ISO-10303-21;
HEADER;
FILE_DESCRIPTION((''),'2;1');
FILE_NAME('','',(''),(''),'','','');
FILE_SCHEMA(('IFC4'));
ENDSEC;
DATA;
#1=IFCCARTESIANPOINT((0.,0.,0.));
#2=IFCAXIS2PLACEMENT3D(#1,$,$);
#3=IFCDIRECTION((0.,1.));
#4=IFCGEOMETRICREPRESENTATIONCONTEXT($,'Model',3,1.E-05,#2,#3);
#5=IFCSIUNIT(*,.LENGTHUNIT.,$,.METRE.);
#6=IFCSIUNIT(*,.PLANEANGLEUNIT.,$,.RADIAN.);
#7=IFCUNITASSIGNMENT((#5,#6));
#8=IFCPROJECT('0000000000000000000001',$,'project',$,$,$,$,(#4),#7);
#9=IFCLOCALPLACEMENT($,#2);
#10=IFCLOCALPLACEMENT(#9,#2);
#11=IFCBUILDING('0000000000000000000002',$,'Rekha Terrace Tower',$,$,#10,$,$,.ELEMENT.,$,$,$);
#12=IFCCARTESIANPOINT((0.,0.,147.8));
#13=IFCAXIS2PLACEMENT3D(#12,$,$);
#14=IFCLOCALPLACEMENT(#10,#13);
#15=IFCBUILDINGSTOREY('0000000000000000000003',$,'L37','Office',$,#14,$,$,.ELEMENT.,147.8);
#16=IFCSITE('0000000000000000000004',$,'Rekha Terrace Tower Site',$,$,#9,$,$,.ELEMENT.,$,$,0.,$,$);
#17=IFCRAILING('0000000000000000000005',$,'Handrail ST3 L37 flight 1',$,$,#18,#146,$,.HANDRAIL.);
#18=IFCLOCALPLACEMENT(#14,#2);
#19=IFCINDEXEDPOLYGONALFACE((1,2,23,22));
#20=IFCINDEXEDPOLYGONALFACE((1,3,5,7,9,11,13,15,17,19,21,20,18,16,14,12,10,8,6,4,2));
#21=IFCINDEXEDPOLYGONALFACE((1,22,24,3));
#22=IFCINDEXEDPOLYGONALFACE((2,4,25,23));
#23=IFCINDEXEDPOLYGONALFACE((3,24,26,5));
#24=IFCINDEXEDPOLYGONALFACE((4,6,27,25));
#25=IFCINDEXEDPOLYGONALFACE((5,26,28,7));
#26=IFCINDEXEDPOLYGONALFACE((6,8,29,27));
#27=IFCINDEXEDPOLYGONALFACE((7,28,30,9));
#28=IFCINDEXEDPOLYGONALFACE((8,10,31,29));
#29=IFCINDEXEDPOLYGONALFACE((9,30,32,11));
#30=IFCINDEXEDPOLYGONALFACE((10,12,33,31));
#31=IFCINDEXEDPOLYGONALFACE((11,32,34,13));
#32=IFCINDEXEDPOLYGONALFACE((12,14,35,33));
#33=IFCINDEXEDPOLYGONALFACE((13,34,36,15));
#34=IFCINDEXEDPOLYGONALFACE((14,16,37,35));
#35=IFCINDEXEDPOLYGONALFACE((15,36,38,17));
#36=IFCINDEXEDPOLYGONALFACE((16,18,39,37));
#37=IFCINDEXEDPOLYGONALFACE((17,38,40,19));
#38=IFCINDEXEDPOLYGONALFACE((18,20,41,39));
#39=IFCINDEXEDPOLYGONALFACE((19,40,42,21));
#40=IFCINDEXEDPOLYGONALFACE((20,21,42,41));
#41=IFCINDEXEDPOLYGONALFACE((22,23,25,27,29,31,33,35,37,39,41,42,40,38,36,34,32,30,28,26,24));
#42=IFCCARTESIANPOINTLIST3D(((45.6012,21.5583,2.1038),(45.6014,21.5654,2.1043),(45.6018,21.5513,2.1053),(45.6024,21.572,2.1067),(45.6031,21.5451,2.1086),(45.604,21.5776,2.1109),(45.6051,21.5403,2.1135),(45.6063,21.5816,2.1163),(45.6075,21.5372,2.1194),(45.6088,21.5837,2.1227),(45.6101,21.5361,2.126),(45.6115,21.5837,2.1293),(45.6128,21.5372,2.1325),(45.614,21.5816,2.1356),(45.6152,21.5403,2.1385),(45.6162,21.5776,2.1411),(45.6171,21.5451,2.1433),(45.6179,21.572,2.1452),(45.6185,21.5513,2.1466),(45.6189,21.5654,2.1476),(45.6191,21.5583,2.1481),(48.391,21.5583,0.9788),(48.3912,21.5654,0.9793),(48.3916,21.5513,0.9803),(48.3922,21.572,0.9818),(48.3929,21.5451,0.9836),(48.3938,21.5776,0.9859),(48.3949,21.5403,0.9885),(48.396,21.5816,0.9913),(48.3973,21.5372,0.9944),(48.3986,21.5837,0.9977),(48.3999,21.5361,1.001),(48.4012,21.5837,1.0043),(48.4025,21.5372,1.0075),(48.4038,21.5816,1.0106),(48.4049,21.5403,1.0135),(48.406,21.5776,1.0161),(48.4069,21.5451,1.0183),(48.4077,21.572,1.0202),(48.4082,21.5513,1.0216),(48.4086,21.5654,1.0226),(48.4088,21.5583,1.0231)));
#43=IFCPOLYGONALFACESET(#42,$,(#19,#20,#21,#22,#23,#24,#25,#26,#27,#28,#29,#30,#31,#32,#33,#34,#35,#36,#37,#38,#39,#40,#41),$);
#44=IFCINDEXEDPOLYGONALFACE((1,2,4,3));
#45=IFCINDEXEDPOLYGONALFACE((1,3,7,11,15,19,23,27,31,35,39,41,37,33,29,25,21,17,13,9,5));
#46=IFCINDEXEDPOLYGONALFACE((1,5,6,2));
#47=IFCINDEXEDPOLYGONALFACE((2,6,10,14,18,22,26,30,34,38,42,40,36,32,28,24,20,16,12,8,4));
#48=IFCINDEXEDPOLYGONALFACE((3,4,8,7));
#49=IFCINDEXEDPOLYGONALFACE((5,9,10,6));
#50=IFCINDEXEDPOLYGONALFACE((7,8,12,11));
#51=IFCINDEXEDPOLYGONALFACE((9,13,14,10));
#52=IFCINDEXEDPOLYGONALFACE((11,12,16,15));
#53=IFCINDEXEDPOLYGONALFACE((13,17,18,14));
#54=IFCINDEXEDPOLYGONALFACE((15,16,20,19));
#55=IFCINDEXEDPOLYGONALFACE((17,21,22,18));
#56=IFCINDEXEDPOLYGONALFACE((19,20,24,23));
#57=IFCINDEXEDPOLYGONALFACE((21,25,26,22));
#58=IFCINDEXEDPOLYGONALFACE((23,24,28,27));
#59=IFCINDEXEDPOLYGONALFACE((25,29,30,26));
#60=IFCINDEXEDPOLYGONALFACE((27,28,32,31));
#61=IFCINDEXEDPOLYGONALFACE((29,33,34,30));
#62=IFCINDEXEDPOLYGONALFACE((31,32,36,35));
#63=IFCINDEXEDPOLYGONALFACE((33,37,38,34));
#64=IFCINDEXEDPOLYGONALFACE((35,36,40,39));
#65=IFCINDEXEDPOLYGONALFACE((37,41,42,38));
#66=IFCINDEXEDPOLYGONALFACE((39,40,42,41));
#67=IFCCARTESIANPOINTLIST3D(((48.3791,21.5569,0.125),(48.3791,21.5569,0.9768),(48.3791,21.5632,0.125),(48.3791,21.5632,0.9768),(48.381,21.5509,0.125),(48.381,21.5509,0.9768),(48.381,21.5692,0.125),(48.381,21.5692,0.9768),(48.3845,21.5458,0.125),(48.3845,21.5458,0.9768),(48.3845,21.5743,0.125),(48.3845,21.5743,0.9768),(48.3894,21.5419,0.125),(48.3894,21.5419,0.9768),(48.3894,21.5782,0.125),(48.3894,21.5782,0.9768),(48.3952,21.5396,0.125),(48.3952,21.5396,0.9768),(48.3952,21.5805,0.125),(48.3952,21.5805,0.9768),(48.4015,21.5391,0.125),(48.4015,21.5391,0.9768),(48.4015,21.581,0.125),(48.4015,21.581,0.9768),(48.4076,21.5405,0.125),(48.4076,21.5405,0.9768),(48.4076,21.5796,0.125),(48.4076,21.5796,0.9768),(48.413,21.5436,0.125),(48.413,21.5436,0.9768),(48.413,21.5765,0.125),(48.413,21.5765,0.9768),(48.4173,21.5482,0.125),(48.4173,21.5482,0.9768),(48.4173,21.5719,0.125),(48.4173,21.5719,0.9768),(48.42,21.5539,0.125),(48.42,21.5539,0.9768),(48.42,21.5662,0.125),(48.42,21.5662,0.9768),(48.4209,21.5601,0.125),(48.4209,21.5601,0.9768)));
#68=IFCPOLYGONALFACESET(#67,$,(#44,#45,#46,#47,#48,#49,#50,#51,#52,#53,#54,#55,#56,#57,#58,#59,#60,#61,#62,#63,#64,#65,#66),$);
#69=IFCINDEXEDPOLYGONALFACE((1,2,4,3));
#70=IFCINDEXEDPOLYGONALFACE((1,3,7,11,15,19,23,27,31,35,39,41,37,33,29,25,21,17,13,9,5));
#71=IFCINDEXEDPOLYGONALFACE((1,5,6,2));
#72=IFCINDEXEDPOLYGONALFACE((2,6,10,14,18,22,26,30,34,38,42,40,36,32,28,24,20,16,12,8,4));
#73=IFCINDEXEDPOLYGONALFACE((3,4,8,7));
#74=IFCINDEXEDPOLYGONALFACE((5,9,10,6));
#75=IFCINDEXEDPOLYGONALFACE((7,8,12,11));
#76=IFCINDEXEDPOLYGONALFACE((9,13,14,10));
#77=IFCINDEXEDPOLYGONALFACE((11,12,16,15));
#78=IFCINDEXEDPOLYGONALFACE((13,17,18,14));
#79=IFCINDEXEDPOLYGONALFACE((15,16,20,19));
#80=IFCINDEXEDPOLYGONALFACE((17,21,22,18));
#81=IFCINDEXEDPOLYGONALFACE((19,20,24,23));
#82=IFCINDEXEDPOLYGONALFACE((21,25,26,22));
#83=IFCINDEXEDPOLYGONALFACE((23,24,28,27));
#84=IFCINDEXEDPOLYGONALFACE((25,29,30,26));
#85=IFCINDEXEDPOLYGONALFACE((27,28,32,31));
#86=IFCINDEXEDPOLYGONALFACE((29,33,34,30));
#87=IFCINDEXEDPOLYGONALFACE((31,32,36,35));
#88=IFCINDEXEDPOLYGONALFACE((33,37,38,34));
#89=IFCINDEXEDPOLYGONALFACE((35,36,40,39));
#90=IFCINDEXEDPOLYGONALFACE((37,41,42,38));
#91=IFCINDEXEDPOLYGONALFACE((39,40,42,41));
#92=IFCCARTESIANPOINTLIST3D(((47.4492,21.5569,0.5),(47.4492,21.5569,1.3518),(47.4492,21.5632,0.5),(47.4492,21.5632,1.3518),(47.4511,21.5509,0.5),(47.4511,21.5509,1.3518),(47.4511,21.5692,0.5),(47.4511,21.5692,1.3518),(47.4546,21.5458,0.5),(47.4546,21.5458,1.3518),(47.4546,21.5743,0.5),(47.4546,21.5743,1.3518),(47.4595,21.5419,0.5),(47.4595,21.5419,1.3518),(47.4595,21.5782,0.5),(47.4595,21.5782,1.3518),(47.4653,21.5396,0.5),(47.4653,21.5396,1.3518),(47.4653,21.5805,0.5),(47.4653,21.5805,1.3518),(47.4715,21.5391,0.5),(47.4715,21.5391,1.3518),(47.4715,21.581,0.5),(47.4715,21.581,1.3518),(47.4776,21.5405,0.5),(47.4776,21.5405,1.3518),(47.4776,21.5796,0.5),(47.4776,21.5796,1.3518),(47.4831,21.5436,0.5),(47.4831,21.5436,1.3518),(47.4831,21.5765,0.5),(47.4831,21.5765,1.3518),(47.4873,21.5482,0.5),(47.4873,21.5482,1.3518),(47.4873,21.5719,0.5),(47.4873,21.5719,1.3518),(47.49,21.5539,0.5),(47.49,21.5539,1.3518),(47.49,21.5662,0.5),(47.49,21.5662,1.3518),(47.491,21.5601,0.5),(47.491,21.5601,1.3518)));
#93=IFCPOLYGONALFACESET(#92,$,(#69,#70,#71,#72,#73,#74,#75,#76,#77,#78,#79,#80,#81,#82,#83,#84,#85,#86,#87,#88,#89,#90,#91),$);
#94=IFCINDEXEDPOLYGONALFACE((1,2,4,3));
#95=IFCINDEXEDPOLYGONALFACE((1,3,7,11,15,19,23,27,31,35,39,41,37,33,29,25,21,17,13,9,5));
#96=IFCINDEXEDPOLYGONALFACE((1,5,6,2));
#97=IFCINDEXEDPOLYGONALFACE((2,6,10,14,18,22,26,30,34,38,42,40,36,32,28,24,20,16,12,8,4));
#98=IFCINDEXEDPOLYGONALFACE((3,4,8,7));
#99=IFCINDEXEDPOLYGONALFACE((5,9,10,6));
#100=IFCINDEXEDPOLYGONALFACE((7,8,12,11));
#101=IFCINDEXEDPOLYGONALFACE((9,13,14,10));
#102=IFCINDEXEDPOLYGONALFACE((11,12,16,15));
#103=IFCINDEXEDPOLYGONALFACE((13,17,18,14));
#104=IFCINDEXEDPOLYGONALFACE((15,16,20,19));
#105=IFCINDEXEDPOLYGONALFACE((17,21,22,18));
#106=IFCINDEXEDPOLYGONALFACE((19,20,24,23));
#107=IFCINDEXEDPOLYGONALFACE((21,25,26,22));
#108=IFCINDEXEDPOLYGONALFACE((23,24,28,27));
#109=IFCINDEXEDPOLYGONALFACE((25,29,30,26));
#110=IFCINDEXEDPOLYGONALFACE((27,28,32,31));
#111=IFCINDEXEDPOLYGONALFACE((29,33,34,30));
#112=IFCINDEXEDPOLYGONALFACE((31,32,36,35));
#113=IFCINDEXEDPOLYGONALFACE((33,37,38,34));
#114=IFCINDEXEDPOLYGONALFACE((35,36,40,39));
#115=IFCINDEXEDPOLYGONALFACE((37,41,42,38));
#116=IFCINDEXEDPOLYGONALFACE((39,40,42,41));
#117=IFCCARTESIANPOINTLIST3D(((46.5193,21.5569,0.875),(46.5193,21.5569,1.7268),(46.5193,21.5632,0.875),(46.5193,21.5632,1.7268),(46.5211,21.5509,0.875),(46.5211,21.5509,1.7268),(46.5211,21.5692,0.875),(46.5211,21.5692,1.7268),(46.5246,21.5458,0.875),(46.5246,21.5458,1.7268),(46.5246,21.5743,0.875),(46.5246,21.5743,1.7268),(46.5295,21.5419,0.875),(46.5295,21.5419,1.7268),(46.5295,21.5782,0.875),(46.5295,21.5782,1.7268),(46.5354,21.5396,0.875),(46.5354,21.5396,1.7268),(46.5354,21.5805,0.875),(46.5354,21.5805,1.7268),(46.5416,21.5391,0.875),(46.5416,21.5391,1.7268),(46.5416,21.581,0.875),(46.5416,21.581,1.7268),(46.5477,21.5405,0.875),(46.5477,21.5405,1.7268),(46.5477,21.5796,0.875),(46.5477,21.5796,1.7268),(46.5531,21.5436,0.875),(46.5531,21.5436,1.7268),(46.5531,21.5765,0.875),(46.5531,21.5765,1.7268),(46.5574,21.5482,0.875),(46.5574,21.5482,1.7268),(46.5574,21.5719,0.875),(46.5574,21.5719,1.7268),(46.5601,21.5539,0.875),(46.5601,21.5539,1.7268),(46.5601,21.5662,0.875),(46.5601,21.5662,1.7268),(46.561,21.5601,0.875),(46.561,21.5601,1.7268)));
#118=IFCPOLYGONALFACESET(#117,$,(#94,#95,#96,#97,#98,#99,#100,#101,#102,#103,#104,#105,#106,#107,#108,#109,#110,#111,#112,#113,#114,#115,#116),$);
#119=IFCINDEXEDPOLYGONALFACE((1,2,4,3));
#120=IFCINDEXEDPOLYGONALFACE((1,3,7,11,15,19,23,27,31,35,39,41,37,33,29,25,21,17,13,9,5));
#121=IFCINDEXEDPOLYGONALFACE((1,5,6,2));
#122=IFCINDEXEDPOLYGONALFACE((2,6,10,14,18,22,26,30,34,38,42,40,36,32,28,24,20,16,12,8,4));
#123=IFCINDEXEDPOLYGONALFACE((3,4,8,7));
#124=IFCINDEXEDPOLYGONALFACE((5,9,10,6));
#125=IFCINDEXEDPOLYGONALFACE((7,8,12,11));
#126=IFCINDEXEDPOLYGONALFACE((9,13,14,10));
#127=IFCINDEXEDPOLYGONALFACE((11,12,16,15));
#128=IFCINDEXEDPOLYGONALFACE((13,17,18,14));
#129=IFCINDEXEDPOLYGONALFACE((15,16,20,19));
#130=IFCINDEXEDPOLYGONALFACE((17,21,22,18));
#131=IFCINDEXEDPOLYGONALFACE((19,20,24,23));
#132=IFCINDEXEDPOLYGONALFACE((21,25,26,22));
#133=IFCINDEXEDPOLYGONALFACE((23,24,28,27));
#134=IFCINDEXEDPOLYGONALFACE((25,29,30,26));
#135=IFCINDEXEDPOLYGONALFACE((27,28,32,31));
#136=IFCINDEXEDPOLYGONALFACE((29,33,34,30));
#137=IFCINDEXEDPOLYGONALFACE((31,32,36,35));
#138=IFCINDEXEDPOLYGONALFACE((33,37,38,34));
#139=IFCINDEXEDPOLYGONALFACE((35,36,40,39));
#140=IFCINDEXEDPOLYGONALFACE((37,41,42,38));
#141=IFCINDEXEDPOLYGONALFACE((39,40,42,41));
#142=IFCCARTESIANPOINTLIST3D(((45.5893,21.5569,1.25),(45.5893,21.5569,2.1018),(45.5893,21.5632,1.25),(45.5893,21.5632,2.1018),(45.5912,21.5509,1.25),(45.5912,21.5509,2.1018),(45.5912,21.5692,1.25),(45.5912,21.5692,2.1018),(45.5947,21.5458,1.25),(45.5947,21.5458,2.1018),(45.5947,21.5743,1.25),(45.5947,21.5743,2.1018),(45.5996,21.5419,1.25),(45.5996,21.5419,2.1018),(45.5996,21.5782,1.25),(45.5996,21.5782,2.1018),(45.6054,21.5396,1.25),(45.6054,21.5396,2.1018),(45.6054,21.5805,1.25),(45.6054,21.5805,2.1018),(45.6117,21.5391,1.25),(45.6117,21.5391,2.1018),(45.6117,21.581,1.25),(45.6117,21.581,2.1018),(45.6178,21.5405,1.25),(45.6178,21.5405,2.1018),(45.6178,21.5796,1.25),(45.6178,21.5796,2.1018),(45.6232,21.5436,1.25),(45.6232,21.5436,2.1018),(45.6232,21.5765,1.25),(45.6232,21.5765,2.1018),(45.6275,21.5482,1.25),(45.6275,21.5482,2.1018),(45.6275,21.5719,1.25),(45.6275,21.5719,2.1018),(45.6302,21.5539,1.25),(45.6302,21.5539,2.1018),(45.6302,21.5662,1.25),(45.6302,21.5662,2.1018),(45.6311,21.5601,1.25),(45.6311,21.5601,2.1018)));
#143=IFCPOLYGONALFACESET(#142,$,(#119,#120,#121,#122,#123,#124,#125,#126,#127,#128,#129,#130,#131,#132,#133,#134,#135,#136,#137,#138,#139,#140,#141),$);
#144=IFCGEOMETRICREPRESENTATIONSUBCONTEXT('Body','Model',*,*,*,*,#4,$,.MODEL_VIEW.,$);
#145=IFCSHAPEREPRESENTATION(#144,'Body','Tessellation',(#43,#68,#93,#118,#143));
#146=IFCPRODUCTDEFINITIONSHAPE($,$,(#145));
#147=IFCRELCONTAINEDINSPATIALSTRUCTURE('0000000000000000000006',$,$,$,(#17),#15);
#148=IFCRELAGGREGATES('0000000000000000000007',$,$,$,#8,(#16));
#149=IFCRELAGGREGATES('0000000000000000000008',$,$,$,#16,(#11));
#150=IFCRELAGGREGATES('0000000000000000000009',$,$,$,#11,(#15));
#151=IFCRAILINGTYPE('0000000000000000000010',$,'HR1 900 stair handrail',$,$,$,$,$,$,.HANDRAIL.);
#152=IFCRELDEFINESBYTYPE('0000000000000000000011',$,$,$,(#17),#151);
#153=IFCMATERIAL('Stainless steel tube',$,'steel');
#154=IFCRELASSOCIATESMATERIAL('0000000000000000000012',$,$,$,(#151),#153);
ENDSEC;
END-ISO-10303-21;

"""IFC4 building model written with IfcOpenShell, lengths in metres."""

from ifc_helpers import new_model, si_unit, direction, frame, origin, origin_2d, place, context, subcontext, project, spatial, circle, extrude, material, type_object, element, save


model = new_model("IFC4")

# Units and contexts
model_context = context("Model", 3, precision=1e-05, world=origin(), true_north=direction((0.0, 1.0)))
body_context = subcontext(model_context, "Body", "Model", "MODEL_VIEW")
ifc_project = project(units=[si_unit("LENGTHUNIT", "METRE"), si_unit("PLANEANGLEUNIT", "RADIAN")], contexts=[model_context])

# Site, building, storey
site_placement = place(None, origin())
site = spatial("IfcSite", under=ifc_project, at=site_placement, Name="Rekha Terrace Tower Site", CompositionType="ELEMENT", RefElevation=0.0)
building_placement = place(site_placement, origin())
building = spatial("IfcBuilding", under=site, at=building_placement, Name="Rekha Terrace Tower", CompositionType="ELEMENT")
storey_placement = place(building_placement, frame((0.0, 0.0, 147.8)))
storey = spatial("IfcBuildingStorey", under=building, at=storey_placement, Name="L37", Description="Office", CompositionType="ELEMENT", Elevation=147.8)

# Railing
ifc_material_1 = material(Name="Stainless steel tube", Category="steel")
railing_type = type_object("IfcRailingType", Name="HR1 900 stair handrail", PredefinedType="HANDRAIL", material=ifc_material_1)
railing_placement = place(storey_placement, frame((48.3999, 21.5601, 0.125)))
element("IfcRailing", 1, at=railing_placement, inside=storey, type_object=railing_type, Name="Handrail ST3 L37 flight 1", PredefinedType="HANDRAIL", context=body_context, shape_type="SweptSolid", body=[
    extrude(circle(Radius=0.0239, at=origin_2d()), frame((0.0, 0.0, 0.876), z_axis=(-0.927432, 0.0, 0.373992), x_axis=(0.0, -1.0, 0.0)), (0.0, 0.0, 1.0), 3.0081),
    extrude(circle(Radius=0.021, at=origin_2d()), origin(), (0.0, 0.0, 1.0), 0.8518),
    extrude(circle(Radius=0.021, at=origin_2d()), frame((-0.9299, 0.0, 0.375)), (0.0, 0.0, 1.0), 0.8518),
    extrude(circle(Radius=0.021, at=origin_2d()), frame((-1.8599, 0.0, 0.75)), (0.0, 0.0, 1.0), 0.8518),
    extrude(circle(Radius=0.021, at=origin_2d()), frame((-2.7898, 0.0, 1.125)), (0.0, 0.0, 1.0), 0.8518),
])

save(model, "model.ifc")
